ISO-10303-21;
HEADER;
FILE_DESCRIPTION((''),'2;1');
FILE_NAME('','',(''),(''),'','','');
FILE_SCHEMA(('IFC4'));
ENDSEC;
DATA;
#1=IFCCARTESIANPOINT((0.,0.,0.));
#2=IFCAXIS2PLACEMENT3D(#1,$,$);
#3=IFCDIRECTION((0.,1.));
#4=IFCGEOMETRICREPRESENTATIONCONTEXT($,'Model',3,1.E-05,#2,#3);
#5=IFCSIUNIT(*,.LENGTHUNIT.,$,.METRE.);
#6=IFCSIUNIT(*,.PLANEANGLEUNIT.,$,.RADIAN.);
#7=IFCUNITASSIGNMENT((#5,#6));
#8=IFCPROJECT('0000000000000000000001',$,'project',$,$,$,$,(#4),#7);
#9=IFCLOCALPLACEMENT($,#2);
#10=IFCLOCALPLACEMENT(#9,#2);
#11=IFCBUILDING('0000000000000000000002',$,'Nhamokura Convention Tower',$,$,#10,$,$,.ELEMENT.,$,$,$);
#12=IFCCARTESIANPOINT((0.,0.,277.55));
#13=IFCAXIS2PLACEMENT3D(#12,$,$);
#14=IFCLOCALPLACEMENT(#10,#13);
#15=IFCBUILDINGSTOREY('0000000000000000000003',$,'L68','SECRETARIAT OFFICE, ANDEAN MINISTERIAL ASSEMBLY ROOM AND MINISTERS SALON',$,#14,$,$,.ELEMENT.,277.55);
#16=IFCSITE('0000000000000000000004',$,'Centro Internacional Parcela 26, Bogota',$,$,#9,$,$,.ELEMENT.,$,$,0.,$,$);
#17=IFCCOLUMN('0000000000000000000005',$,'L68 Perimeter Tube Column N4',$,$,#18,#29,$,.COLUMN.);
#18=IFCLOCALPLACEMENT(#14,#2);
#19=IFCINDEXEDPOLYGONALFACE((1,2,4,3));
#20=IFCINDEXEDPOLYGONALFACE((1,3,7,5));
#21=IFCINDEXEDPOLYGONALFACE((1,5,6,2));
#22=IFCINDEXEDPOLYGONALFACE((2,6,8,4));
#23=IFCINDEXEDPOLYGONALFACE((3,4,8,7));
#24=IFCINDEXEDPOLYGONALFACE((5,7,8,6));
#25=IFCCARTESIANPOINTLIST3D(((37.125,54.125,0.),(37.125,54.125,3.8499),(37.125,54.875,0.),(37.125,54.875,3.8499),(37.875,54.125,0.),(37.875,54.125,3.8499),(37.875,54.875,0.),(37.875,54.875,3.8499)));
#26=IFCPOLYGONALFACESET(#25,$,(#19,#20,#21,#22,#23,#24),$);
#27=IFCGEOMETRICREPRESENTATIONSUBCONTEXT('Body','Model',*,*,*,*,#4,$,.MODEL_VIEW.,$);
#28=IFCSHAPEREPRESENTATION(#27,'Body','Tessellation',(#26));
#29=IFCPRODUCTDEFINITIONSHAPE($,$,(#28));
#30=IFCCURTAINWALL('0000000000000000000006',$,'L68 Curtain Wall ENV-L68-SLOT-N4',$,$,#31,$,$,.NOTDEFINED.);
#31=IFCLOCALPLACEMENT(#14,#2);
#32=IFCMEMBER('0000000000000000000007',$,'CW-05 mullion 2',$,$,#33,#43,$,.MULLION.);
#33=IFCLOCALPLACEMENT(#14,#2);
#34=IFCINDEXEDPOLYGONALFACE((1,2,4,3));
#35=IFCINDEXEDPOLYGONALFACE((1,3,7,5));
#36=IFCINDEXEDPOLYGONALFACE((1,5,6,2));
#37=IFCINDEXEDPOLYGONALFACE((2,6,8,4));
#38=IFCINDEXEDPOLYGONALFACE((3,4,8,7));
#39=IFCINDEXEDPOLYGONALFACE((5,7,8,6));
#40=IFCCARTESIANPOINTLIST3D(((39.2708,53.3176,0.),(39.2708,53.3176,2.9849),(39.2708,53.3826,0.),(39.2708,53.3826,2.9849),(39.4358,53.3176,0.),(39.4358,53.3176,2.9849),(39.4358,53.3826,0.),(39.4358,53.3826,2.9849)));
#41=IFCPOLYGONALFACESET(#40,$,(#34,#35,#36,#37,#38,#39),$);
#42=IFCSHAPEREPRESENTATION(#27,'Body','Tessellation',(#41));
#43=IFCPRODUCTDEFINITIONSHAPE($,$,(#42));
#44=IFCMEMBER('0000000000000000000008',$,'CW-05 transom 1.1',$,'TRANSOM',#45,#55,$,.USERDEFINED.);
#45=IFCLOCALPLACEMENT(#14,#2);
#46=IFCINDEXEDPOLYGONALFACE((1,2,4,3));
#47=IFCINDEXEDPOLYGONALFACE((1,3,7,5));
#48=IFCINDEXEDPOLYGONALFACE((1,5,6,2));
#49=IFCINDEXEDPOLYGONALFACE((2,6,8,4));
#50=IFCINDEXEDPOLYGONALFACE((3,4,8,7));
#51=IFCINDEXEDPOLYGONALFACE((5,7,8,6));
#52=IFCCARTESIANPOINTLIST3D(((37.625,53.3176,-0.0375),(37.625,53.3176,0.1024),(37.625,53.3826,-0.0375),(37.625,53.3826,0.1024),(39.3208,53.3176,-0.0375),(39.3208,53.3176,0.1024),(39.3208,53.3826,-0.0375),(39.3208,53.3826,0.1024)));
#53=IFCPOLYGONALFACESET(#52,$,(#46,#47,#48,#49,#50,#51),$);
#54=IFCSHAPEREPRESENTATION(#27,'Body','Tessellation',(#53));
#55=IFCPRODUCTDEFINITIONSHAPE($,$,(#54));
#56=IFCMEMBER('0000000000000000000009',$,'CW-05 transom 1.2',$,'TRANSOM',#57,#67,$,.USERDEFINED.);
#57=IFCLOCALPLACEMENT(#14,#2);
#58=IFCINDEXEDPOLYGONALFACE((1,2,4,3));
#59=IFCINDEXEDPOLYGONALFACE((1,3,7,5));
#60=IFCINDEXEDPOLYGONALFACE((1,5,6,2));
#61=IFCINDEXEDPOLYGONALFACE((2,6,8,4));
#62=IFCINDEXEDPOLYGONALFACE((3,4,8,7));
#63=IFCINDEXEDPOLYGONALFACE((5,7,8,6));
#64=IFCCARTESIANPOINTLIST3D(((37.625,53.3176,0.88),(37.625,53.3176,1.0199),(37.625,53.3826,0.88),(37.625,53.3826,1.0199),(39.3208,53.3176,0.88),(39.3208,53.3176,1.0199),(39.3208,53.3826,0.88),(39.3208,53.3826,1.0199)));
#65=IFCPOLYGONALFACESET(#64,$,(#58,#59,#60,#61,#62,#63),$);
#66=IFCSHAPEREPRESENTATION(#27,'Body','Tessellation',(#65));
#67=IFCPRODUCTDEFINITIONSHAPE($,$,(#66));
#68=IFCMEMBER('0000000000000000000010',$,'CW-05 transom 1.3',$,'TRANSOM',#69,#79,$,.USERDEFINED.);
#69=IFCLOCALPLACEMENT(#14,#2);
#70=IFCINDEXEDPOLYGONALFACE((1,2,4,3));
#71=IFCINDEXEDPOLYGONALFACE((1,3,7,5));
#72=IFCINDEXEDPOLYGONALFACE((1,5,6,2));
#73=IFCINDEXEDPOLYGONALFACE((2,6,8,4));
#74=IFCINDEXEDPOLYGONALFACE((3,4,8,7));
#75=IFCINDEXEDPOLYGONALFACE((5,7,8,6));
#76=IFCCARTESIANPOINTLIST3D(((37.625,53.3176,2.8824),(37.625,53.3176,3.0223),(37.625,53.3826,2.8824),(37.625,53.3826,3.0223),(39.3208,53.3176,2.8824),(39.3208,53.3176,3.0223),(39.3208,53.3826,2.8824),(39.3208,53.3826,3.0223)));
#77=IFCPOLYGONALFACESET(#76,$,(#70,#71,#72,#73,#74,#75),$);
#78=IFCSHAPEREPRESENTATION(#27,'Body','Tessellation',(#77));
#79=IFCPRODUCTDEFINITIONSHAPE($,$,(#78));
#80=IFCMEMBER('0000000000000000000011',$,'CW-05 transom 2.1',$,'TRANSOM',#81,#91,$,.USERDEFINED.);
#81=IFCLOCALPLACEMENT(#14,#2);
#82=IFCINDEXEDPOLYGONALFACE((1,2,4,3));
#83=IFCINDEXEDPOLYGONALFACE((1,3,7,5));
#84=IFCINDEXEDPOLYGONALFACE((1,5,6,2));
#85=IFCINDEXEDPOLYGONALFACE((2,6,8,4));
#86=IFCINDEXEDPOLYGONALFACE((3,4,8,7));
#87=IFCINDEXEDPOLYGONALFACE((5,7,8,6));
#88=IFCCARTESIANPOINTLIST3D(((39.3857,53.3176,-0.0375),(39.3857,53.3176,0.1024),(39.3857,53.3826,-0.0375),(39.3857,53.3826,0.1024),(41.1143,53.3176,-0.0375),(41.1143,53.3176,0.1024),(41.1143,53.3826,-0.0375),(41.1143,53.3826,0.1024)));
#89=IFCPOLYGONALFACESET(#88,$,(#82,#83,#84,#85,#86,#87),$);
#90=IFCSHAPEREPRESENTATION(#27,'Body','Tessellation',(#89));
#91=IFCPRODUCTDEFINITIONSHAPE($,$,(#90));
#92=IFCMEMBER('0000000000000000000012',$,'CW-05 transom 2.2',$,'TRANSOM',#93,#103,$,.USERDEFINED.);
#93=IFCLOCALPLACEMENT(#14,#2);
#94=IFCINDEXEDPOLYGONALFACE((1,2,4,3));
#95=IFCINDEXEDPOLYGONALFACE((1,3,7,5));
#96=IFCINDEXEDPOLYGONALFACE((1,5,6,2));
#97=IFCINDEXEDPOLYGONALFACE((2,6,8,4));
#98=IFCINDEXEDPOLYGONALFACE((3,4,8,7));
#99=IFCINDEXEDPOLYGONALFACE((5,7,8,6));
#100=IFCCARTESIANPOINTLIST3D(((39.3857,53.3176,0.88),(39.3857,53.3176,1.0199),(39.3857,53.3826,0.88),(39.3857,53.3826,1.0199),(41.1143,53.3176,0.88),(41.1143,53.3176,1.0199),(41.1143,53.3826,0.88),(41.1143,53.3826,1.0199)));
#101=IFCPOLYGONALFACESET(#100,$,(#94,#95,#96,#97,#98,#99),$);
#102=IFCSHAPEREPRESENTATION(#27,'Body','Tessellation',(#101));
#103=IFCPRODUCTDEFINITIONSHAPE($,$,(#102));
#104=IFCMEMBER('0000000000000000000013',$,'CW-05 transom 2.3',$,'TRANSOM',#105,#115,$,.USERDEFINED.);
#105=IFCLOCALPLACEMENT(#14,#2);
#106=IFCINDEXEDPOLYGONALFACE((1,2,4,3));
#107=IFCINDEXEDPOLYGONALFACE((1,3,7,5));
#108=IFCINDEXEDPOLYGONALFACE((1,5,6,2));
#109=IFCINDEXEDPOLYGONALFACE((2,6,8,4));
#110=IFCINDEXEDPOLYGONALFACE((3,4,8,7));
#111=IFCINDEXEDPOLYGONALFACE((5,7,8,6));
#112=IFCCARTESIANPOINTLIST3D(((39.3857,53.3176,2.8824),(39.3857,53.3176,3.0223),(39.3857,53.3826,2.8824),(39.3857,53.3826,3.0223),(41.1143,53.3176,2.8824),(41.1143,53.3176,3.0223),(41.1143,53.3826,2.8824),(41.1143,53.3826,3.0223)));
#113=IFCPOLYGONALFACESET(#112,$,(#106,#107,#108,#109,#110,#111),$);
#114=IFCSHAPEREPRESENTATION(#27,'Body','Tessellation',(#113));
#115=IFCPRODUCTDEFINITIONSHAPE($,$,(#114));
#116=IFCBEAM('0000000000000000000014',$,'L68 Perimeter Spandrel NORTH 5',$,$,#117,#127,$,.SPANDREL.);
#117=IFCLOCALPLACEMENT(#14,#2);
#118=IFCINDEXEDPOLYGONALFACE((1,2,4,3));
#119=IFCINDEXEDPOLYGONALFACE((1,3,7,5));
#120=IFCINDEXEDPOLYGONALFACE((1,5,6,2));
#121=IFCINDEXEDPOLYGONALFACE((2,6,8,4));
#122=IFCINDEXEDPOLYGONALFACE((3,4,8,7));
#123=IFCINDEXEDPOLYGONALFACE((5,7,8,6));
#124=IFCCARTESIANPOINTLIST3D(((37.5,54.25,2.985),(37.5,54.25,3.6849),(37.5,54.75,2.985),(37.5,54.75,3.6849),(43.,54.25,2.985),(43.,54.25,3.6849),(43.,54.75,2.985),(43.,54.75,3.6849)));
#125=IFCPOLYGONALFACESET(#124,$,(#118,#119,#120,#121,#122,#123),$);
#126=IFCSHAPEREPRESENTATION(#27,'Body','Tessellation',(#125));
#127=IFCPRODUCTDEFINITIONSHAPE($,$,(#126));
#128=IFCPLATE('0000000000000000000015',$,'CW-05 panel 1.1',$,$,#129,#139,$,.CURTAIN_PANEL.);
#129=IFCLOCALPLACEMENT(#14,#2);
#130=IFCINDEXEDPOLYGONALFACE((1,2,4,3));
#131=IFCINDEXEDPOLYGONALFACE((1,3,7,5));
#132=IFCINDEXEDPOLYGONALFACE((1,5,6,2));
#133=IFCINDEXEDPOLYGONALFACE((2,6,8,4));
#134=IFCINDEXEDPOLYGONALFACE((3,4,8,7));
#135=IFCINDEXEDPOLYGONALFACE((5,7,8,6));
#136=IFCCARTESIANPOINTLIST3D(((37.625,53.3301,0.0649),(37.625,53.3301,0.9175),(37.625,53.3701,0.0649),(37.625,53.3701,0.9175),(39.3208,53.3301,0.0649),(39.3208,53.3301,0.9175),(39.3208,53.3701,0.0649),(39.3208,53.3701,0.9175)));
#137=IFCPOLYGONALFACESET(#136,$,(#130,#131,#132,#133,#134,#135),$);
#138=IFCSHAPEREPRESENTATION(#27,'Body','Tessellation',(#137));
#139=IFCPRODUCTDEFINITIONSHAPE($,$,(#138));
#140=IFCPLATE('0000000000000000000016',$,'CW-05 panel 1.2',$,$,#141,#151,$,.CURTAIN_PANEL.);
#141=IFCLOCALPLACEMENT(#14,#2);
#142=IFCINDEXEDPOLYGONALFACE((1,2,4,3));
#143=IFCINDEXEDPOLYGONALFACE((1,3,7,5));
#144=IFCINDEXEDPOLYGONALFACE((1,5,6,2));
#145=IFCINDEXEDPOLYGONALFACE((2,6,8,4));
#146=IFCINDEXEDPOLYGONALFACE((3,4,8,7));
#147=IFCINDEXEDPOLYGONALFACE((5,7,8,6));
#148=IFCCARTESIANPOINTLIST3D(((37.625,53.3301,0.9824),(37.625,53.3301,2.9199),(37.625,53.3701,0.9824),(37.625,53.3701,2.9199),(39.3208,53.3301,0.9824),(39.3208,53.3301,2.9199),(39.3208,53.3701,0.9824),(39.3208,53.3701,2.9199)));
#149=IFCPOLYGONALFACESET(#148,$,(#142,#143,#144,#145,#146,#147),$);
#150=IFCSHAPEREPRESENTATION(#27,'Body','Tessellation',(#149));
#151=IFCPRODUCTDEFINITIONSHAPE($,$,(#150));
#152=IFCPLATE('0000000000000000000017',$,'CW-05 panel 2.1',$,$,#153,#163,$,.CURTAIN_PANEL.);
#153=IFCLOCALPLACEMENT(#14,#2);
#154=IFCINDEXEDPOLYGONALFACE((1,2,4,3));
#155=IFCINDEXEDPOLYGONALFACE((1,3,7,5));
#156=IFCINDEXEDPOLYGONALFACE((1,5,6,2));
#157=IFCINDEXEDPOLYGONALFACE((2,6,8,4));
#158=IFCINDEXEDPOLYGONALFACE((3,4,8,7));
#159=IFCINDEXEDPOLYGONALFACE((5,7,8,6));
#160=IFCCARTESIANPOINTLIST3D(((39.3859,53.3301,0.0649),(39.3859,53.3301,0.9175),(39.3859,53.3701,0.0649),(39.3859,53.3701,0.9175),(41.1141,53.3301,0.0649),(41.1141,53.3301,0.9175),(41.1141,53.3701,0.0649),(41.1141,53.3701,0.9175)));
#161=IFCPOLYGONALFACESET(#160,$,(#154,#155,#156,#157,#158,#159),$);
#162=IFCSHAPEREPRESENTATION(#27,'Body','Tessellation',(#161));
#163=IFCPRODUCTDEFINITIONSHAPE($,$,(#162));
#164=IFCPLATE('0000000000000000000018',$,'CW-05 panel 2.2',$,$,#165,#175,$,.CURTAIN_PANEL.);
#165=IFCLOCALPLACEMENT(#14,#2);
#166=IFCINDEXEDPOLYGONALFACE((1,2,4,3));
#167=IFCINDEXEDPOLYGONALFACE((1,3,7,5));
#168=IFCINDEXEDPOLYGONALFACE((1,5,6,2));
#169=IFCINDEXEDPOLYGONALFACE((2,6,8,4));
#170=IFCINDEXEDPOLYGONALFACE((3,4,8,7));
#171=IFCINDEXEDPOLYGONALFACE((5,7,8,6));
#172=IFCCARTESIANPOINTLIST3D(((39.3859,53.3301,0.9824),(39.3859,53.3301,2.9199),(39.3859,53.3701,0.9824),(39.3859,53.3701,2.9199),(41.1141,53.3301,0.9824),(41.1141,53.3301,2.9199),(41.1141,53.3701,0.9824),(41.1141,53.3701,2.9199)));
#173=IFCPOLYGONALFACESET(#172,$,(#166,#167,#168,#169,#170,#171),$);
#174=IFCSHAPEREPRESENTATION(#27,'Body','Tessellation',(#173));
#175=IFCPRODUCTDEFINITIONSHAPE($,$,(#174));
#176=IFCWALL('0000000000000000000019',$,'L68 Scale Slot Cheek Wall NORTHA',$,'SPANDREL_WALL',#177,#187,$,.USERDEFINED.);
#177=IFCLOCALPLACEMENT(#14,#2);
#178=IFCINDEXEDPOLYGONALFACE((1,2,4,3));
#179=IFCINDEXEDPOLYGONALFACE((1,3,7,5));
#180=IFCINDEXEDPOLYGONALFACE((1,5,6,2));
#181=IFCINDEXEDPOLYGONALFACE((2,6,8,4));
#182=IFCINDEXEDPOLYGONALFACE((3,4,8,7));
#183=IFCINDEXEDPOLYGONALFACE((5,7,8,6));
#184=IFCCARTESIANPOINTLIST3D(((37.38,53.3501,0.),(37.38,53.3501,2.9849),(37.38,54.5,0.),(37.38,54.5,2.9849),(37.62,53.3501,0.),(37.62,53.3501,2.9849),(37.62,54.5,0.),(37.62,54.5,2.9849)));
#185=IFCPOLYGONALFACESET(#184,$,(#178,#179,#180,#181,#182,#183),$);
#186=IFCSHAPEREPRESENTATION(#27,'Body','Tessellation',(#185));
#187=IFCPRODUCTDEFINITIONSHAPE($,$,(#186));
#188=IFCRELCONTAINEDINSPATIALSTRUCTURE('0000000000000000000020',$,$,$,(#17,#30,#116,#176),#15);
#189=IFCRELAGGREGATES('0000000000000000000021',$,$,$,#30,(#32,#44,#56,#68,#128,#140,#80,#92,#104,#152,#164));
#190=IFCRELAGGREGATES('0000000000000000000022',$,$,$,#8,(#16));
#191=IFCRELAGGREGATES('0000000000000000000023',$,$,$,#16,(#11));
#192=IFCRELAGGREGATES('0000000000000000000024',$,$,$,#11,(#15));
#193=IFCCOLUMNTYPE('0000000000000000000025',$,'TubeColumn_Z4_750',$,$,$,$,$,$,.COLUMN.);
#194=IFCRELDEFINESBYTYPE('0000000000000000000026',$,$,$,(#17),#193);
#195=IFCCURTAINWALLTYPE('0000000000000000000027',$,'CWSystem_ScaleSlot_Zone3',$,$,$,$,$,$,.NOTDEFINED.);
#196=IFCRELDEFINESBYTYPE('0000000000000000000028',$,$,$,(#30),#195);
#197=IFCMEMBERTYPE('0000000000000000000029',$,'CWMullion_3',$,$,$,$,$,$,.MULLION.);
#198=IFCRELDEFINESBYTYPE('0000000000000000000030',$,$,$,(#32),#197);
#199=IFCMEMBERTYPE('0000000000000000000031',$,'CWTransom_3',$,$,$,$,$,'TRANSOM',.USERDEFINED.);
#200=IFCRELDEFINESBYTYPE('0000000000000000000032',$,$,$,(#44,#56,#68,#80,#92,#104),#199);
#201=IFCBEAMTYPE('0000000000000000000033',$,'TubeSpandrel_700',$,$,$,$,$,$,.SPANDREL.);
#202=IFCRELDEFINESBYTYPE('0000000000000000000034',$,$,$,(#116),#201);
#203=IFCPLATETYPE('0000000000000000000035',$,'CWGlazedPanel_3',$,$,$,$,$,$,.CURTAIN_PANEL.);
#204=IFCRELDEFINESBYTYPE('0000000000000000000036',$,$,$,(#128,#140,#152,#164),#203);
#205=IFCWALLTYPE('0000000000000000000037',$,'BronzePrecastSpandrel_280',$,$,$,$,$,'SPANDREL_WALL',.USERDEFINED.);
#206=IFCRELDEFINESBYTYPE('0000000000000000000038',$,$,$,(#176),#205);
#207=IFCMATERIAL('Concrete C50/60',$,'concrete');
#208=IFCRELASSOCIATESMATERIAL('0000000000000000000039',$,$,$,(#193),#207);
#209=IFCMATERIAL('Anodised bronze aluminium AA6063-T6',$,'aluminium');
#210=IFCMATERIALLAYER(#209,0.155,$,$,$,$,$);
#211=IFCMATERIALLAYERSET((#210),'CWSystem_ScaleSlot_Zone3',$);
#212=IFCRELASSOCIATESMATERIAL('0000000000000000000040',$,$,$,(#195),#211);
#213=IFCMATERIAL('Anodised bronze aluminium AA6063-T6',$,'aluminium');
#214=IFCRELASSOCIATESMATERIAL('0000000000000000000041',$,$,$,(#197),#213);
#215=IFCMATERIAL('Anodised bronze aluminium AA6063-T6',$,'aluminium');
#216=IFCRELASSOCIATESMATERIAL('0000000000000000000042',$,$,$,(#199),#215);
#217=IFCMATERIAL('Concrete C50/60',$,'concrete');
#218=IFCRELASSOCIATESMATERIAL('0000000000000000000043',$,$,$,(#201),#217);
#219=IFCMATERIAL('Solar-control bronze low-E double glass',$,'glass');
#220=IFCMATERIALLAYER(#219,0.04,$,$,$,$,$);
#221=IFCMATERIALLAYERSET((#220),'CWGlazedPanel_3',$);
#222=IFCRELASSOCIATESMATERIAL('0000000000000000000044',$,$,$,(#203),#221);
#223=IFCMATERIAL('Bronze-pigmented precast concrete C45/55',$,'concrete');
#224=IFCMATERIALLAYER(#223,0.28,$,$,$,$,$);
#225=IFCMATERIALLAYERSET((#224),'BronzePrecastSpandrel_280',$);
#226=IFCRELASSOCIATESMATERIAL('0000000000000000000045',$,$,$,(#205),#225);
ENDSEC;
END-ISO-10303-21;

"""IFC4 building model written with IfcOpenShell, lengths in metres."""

from ifc_helpers import new_model, si_unit, direction, frame, frame_2d, origin, origin_2d, place, context, subcontext, project, spatial, rectangle, extrude, material, layer, layer_set, material_profile, profile_set, type_object, element, aggregate, save


model = new_model("IFC4")

# Units and contexts
model_context = context("Model", 3, precision=1e-05, world=origin(), true_north=direction((0.0, 1.0)))
body_context = subcontext(model_context, "Body", "Model", "MODEL_VIEW")
ifc_project = project(units=[si_unit("LENGTHUNIT", "METRE"), si_unit("PLANEANGLEUNIT", "RADIAN")], contexts=[model_context])

# Site, building, storey
site_placement = place(None, origin())
site = spatial("IfcSite", under=ifc_project, at=site_placement, Name="Centro Internacional Parcela 26, Bogota", CompositionType="ELEMENT", RefElevation=0.0)
building_placement = place(site_placement, origin())
building = spatial("IfcBuilding", under=site, at=building_placement, Name="Nhamokura Convention Tower", CompositionType="ELEMENT")
storey_placement = place(building_placement, frame((0.0, 0.0, 277.55)))
storey = spatial("IfcBuildingStorey", under=building, at=storey_placement, Name="L68", Description="SECRETARIAT OFFICE, ANDEAN MINISTERIAL ASSEMBLY ROOM AND MINISTERS SALON", CompositionType="ELEMENT", Elevation=277.55)

# Column
ifc_material_1 = material(Name="Concrete C50/60", Category="concrete")
ifc_material_profile_1 = material_profile(ifc_material_1, rectangle(XDim=0.75, YDim=0.75, at=origin_2d()))
ifc_profile_set_1 = profile_set([ifc_material_profile_1], Name="Concrete C50/60")
column_type = type_object("IfcColumnType", Name="TubeColumn_Z4_750", PredefinedType="COLUMN", material=ifc_profile_set_1)
column_placement = place(storey_placement, frame((37.5, 54.5, 0.0), z_axis=(0.0, 0.0, 1.0), x_axis=(1.0, 0.0, 0.0)))
element("IfcColumn", 1, at=column_placement, inside=storey, type_object=column_type, Name="L68 Perimeter Tube Column N4", PredefinedType="COLUMN", context=body_context, shape_type="SweptSolid", body=[
    extrude(rectangle(XDim=0.75, YDim=0.75, at=origin_2d()), origin(), (0.0, 0.0, 1.0), 3.8499),
])

# Curtain wall, members
ifc_material_2 = material(Name="Anodised bronze aluminium AA6063-T6", Category="aluminium")
ifc_layer_1 = layer(ifc_material_2, 0.155)
ifc_layer_set_1 = layer_set([ifc_layer_1], Name="CWSystem_ScaleSlot_Zone3")
curtain_wall_type = type_object("IfcCurtainWallType", Name="CWSystem_ScaleSlot_Zone3", PredefinedType="NOTDEFINED", material=ifc_layer_set_1)
curtain_wall_placement = place(storey_placement, origin())
curtain_wall = element("IfcCurtainWall", 2, at=curtain_wall_placement, inside=storey, type_object=curtain_wall_type, Name="L68 Curtain Wall ENV-L68-SLOT-N4", PredefinedType="NOTDEFINED")
ifc_material_3 = material(Name="Anodised bronze aluminium AA6063-T6", Category="aluminium")
ifc_material_profile_2 = material_profile(ifc_material_3, rectangle(XDim=0.0649, YDim=0.165, at=origin_2d()))
ifc_profile_set_2 = profile_set([ifc_material_profile_2], Name="Anodised bronze aluminium AA6063-T6")
member_type_1 = type_object("IfcMemberType", Name="CWMullion_3", PredefinedType="MULLION", material=ifc_profile_set_2)
member_1_placement = place(storey_placement, frame((39.3533, 53.3501, 0.0), z_axis=(0.0, 0.0, 1.0), x_axis=(0.0, 1.0, 0.0)))
member_1 = element("IfcMember", 3, at=member_1_placement, type_object=member_type_1, Name="CW-05 mullion 2", PredefinedType="MULLION", context=body_context, shape_type="SweptSolid", body=[
    extrude(rectangle(XDim=0.0649, YDim=0.165, at=origin_2d()), origin(), (0.0, 0.0, 1.0), 2.9849),
])
ifc_material_4 = material(Name="Anodised bronze aluminium AA6063-T6", Category="aluminium")
ifc_material_profile_3 = material_profile(ifc_material_4, rectangle(XDim=0.0649, YDim=0.1399, at=origin_2d()))
ifc_profile_set_3 = profile_set([ifc_material_profile_3], Name="Anodised bronze aluminium AA6063-T6")
member_type_2 = type_object("IfcMemberType", Name="CWTransom_3", ElementType="TRANSOM", PredefinedType="USERDEFINED", material=ifc_profile_set_3)
member_2_placement = place(storey_placement, frame((37.625, 53.3501, 0.0325), z_axis=(1.0, 0.0, 0.0), x_axis=(0.0, 1.0, 0.0)))
member_2 = element("IfcMember", 4, at=member_2_placement, type_object=member_type_2, Name="CW-05 transom 1.1", ObjectType="TRANSOM", PredefinedType="USERDEFINED", context=body_context, shape_type="SweptSolid", body=[
    extrude(rectangle(XDim=0.0649, YDim=0.1399, at=origin_2d()), origin(), (0.0, 0.0, 1.0), 1.6958),
])
member_3_placement = place(storey_placement, frame((37.625, 53.3501, 0.95), z_axis=(1.0, 0.0, 0.0), x_axis=(0.0, 1.0, 0.0)))
member_3 = element("IfcMember", 5, at=member_3_placement, type_object=member_type_2, Name="CW-05 transom 1.2", ObjectType="TRANSOM", PredefinedType="USERDEFINED", context=body_context, shape_type="SweptSolid", body=[
    extrude(rectangle(XDim=0.0649, YDim=0.1399, at=origin_2d()), origin(), (0.0, 0.0, 1.0), 1.6958),
])
member_4_placement = place(storey_placement, frame((37.625, 53.3501, 2.9524), z_axis=(1.0, 0.0, 0.0), x_axis=(0.0, 1.0, 0.0)))
member_4 = element("IfcMember", 6, at=member_4_placement, type_object=member_type_2, Name="CW-05 transom 1.3", ObjectType="TRANSOM", PredefinedType="USERDEFINED", context=body_context, shape_type="SweptSolid", body=[
    extrude(rectangle(XDim=0.0649, YDim=0.1399, at=origin_2d()), origin(), (0.0, 0.0, 1.0), 1.6958),
])
member_5_placement = place(storey_placement, frame((39.3857, 53.3501, 0.0325), z_axis=(1.0, 0.0, 0.0), x_axis=(0.0, 1.0, 0.0)))
member_5 = element("IfcMember", 7, at=member_5_placement, type_object=member_type_2, Name="CW-05 transom 2.1", ObjectType="TRANSOM", PredefinedType="USERDEFINED", context=body_context, shape_type="SweptSolid", body=[
    extrude(rectangle(XDim=0.0649, YDim=0.1399, at=origin_2d()), origin(), (0.0, 0.0, 1.0), 1.7285),
])
member_6_placement = place(storey_placement, frame((39.3857, 53.3501, 0.95), z_axis=(1.0, 0.0, 0.0), x_axis=(0.0, 1.0, 0.0)))
member_6 = element("IfcMember", 8, at=member_6_placement, type_object=member_type_2, Name="CW-05 transom 2.2", ObjectType="TRANSOM", PredefinedType="USERDEFINED", context=body_context, shape_type="SweptSolid", body=[
    extrude(rectangle(XDim=0.0649, YDim=0.1399, at=origin_2d()), origin(), (0.0, 0.0, 1.0), 1.7285),
])
member_7_placement = place(storey_placement, frame((39.3857, 53.3501, 2.9524), z_axis=(1.0, 0.0, 0.0), x_axis=(0.0, 1.0, 0.0)))
member_7 = element("IfcMember", 9, at=member_7_placement, type_object=member_type_2, Name="CW-05 transom 2.3", ObjectType="TRANSOM", PredefinedType="USERDEFINED", context=body_context, shape_type="SweptSolid", body=[
    extrude(rectangle(XDim=0.0649, YDim=0.1399, at=origin_2d()), origin(), (0.0, 0.0, 1.0), 1.7285),
])

# Beam
ifc_material_5 = material(Name="Concrete C50/60", Category="concrete")
ifc_material_profile_4 = material_profile(ifc_material_5, rectangle(XDim=0.5, YDim=0.7, at=origin_2d()))
ifc_profile_set_4 = profile_set([ifc_material_profile_4], Name="Concrete C50/60")
beam_type = type_object("IfcBeamType", Name="TubeSpandrel_700", PredefinedType="SPANDREL", material=ifc_profile_set_4)
beam_placement = place(storey_placement, frame((37.5, 54.5, 3.335), z_axis=(1.0, 0.0, 0.0), x_axis=(0.0, 1.0, 0.0)))
element("IfcBeam", 10, at=beam_placement, inside=storey, type_object=beam_type, Name="L68 Perimeter Spandrel NORTH 5", PredefinedType="SPANDREL", context=body_context, shape_type="SweptSolid", body=[
    extrude(rectangle(XDim=0.5, YDim=0.7, at=origin_2d()), origin(), (0.0, 0.0, 1.0), 5.5),
])

# Plates
ifc_material_6 = material(Name="Solar-control bronze low-E double glass", Category="glass")
ifc_layer_2 = layer(ifc_material_6, 0.04)
ifc_layer_set_2 = layer_set([ifc_layer_2], Name="CWGlazedPanel_3")
plate_type = type_object("IfcPlateType", Name="CWGlazedPanel_3", PredefinedType="CURTAIN_PANEL", material=ifc_layer_set_2)
plate_1_placement = place(storey_placement, frame((38.4729, 53.3501, 0.0649), z_axis=(0.0, 0.0, 1.0), x_axis=(1.0, 0.0, 0.0)))
plate_1 = element("IfcPlate", 11, at=plate_1_placement, type_object=plate_type, Name="CW-05 panel 1.1", PredefinedType="CURTAIN_PANEL", context=body_context, shape_type="SweptSolid", body=[
    extrude(rectangle(XDim=1.6958, YDim=0.04, at=origin_2d()), origin(), (0.0, 0.0, 1.0), 0.8525),
])
plate_2_placement = place(storey_placement, frame((38.4729, 53.3501, 0.9824), z_axis=(0.0, 0.0, 1.0), x_axis=(1.0, 0.0, 0.0)))
plate_2 = element("IfcPlate", 12, at=plate_2_placement, type_object=plate_type, Name="CW-05 panel 1.2", PredefinedType="CURTAIN_PANEL", context=body_context, shape_type="SweptSolid", body=[
    extrude(rectangle(XDim=1.6958, YDim=0.04, at=origin_2d()), origin(), (0.0, 0.0, 1.0), 1.9375),
])
plate_3_placement = place(storey_placement, frame((40.25, 53.3501, 0.0649), z_axis=(0.0, 0.0, 1.0), x_axis=(1.0, 0.0, 0.0)))
plate_3 = element("IfcPlate", 13, at=plate_3_placement, type_object=plate_type, Name="CW-05 panel 2.1", PredefinedType="CURTAIN_PANEL", context=body_context, shape_type="SweptSolid", body=[
    extrude(rectangle(XDim=1.7283, YDim=0.04, at=origin_2d()), origin(), (0.0, 0.0, 1.0), 0.8525),
])
plate_4_placement = place(storey_placement, frame((40.25, 53.3501, 0.9824), z_axis=(0.0, 0.0, 1.0), x_axis=(1.0, 0.0, 0.0)))
plate_4 = element("IfcPlate", 14, at=plate_4_placement, type_object=plate_type, Name="CW-05 panel 2.2", PredefinedType="CURTAIN_PANEL", context=body_context, shape_type="SweptSolid", body=[
    extrude(rectangle(XDim=1.7283, YDim=0.04, at=origin_2d()), origin(), (0.0, 0.0, 1.0), 1.9375),
])
aggregate(curtain_wall, [member_1, member_2, member_3, member_4, plate_1, plate_2, member_5, member_6, member_7, plate_3, plate_4])

# Wall
ifc_material_7 = material(Name="Bronze-pigmented precast concrete C45/55", Category="concrete")
ifc_layer_3 = layer(ifc_material_7, 0.28)
ifc_layer_set_3 = layer_set([ifc_layer_3], Name="BronzePrecastSpandrel_280")
wall_type = type_object("IfcWallType", Name="BronzePrecastSpandrel_280", ElementType="SPANDREL_WALL", PredefinedType="USERDEFINED", material=ifc_layer_set_3)
wall_1_placement = place(storey_placement, frame((37.5, 54.5, 0.0), z_axis=(0.0, 0.0, 1.0), x_axis=(0.0, -1.0, 0.0)))
element("IfcWall", 15, at=wall_1_placement, inside=storey, type_object=wall_type, Name="L68 Scale Slot Cheek Wall NORTHA", ObjectType="SPANDREL_WALL", PredefinedType="USERDEFINED", context=body_context, shape_type="SweptSolid", body=[
    extrude(rectangle(XDim=1.1499, YDim=0.24, at=frame_2d((0.575, 0.0))), origin(), (0.0, 0.0, 1.0), 2.9849),
])

save(model, "model.ifc")
